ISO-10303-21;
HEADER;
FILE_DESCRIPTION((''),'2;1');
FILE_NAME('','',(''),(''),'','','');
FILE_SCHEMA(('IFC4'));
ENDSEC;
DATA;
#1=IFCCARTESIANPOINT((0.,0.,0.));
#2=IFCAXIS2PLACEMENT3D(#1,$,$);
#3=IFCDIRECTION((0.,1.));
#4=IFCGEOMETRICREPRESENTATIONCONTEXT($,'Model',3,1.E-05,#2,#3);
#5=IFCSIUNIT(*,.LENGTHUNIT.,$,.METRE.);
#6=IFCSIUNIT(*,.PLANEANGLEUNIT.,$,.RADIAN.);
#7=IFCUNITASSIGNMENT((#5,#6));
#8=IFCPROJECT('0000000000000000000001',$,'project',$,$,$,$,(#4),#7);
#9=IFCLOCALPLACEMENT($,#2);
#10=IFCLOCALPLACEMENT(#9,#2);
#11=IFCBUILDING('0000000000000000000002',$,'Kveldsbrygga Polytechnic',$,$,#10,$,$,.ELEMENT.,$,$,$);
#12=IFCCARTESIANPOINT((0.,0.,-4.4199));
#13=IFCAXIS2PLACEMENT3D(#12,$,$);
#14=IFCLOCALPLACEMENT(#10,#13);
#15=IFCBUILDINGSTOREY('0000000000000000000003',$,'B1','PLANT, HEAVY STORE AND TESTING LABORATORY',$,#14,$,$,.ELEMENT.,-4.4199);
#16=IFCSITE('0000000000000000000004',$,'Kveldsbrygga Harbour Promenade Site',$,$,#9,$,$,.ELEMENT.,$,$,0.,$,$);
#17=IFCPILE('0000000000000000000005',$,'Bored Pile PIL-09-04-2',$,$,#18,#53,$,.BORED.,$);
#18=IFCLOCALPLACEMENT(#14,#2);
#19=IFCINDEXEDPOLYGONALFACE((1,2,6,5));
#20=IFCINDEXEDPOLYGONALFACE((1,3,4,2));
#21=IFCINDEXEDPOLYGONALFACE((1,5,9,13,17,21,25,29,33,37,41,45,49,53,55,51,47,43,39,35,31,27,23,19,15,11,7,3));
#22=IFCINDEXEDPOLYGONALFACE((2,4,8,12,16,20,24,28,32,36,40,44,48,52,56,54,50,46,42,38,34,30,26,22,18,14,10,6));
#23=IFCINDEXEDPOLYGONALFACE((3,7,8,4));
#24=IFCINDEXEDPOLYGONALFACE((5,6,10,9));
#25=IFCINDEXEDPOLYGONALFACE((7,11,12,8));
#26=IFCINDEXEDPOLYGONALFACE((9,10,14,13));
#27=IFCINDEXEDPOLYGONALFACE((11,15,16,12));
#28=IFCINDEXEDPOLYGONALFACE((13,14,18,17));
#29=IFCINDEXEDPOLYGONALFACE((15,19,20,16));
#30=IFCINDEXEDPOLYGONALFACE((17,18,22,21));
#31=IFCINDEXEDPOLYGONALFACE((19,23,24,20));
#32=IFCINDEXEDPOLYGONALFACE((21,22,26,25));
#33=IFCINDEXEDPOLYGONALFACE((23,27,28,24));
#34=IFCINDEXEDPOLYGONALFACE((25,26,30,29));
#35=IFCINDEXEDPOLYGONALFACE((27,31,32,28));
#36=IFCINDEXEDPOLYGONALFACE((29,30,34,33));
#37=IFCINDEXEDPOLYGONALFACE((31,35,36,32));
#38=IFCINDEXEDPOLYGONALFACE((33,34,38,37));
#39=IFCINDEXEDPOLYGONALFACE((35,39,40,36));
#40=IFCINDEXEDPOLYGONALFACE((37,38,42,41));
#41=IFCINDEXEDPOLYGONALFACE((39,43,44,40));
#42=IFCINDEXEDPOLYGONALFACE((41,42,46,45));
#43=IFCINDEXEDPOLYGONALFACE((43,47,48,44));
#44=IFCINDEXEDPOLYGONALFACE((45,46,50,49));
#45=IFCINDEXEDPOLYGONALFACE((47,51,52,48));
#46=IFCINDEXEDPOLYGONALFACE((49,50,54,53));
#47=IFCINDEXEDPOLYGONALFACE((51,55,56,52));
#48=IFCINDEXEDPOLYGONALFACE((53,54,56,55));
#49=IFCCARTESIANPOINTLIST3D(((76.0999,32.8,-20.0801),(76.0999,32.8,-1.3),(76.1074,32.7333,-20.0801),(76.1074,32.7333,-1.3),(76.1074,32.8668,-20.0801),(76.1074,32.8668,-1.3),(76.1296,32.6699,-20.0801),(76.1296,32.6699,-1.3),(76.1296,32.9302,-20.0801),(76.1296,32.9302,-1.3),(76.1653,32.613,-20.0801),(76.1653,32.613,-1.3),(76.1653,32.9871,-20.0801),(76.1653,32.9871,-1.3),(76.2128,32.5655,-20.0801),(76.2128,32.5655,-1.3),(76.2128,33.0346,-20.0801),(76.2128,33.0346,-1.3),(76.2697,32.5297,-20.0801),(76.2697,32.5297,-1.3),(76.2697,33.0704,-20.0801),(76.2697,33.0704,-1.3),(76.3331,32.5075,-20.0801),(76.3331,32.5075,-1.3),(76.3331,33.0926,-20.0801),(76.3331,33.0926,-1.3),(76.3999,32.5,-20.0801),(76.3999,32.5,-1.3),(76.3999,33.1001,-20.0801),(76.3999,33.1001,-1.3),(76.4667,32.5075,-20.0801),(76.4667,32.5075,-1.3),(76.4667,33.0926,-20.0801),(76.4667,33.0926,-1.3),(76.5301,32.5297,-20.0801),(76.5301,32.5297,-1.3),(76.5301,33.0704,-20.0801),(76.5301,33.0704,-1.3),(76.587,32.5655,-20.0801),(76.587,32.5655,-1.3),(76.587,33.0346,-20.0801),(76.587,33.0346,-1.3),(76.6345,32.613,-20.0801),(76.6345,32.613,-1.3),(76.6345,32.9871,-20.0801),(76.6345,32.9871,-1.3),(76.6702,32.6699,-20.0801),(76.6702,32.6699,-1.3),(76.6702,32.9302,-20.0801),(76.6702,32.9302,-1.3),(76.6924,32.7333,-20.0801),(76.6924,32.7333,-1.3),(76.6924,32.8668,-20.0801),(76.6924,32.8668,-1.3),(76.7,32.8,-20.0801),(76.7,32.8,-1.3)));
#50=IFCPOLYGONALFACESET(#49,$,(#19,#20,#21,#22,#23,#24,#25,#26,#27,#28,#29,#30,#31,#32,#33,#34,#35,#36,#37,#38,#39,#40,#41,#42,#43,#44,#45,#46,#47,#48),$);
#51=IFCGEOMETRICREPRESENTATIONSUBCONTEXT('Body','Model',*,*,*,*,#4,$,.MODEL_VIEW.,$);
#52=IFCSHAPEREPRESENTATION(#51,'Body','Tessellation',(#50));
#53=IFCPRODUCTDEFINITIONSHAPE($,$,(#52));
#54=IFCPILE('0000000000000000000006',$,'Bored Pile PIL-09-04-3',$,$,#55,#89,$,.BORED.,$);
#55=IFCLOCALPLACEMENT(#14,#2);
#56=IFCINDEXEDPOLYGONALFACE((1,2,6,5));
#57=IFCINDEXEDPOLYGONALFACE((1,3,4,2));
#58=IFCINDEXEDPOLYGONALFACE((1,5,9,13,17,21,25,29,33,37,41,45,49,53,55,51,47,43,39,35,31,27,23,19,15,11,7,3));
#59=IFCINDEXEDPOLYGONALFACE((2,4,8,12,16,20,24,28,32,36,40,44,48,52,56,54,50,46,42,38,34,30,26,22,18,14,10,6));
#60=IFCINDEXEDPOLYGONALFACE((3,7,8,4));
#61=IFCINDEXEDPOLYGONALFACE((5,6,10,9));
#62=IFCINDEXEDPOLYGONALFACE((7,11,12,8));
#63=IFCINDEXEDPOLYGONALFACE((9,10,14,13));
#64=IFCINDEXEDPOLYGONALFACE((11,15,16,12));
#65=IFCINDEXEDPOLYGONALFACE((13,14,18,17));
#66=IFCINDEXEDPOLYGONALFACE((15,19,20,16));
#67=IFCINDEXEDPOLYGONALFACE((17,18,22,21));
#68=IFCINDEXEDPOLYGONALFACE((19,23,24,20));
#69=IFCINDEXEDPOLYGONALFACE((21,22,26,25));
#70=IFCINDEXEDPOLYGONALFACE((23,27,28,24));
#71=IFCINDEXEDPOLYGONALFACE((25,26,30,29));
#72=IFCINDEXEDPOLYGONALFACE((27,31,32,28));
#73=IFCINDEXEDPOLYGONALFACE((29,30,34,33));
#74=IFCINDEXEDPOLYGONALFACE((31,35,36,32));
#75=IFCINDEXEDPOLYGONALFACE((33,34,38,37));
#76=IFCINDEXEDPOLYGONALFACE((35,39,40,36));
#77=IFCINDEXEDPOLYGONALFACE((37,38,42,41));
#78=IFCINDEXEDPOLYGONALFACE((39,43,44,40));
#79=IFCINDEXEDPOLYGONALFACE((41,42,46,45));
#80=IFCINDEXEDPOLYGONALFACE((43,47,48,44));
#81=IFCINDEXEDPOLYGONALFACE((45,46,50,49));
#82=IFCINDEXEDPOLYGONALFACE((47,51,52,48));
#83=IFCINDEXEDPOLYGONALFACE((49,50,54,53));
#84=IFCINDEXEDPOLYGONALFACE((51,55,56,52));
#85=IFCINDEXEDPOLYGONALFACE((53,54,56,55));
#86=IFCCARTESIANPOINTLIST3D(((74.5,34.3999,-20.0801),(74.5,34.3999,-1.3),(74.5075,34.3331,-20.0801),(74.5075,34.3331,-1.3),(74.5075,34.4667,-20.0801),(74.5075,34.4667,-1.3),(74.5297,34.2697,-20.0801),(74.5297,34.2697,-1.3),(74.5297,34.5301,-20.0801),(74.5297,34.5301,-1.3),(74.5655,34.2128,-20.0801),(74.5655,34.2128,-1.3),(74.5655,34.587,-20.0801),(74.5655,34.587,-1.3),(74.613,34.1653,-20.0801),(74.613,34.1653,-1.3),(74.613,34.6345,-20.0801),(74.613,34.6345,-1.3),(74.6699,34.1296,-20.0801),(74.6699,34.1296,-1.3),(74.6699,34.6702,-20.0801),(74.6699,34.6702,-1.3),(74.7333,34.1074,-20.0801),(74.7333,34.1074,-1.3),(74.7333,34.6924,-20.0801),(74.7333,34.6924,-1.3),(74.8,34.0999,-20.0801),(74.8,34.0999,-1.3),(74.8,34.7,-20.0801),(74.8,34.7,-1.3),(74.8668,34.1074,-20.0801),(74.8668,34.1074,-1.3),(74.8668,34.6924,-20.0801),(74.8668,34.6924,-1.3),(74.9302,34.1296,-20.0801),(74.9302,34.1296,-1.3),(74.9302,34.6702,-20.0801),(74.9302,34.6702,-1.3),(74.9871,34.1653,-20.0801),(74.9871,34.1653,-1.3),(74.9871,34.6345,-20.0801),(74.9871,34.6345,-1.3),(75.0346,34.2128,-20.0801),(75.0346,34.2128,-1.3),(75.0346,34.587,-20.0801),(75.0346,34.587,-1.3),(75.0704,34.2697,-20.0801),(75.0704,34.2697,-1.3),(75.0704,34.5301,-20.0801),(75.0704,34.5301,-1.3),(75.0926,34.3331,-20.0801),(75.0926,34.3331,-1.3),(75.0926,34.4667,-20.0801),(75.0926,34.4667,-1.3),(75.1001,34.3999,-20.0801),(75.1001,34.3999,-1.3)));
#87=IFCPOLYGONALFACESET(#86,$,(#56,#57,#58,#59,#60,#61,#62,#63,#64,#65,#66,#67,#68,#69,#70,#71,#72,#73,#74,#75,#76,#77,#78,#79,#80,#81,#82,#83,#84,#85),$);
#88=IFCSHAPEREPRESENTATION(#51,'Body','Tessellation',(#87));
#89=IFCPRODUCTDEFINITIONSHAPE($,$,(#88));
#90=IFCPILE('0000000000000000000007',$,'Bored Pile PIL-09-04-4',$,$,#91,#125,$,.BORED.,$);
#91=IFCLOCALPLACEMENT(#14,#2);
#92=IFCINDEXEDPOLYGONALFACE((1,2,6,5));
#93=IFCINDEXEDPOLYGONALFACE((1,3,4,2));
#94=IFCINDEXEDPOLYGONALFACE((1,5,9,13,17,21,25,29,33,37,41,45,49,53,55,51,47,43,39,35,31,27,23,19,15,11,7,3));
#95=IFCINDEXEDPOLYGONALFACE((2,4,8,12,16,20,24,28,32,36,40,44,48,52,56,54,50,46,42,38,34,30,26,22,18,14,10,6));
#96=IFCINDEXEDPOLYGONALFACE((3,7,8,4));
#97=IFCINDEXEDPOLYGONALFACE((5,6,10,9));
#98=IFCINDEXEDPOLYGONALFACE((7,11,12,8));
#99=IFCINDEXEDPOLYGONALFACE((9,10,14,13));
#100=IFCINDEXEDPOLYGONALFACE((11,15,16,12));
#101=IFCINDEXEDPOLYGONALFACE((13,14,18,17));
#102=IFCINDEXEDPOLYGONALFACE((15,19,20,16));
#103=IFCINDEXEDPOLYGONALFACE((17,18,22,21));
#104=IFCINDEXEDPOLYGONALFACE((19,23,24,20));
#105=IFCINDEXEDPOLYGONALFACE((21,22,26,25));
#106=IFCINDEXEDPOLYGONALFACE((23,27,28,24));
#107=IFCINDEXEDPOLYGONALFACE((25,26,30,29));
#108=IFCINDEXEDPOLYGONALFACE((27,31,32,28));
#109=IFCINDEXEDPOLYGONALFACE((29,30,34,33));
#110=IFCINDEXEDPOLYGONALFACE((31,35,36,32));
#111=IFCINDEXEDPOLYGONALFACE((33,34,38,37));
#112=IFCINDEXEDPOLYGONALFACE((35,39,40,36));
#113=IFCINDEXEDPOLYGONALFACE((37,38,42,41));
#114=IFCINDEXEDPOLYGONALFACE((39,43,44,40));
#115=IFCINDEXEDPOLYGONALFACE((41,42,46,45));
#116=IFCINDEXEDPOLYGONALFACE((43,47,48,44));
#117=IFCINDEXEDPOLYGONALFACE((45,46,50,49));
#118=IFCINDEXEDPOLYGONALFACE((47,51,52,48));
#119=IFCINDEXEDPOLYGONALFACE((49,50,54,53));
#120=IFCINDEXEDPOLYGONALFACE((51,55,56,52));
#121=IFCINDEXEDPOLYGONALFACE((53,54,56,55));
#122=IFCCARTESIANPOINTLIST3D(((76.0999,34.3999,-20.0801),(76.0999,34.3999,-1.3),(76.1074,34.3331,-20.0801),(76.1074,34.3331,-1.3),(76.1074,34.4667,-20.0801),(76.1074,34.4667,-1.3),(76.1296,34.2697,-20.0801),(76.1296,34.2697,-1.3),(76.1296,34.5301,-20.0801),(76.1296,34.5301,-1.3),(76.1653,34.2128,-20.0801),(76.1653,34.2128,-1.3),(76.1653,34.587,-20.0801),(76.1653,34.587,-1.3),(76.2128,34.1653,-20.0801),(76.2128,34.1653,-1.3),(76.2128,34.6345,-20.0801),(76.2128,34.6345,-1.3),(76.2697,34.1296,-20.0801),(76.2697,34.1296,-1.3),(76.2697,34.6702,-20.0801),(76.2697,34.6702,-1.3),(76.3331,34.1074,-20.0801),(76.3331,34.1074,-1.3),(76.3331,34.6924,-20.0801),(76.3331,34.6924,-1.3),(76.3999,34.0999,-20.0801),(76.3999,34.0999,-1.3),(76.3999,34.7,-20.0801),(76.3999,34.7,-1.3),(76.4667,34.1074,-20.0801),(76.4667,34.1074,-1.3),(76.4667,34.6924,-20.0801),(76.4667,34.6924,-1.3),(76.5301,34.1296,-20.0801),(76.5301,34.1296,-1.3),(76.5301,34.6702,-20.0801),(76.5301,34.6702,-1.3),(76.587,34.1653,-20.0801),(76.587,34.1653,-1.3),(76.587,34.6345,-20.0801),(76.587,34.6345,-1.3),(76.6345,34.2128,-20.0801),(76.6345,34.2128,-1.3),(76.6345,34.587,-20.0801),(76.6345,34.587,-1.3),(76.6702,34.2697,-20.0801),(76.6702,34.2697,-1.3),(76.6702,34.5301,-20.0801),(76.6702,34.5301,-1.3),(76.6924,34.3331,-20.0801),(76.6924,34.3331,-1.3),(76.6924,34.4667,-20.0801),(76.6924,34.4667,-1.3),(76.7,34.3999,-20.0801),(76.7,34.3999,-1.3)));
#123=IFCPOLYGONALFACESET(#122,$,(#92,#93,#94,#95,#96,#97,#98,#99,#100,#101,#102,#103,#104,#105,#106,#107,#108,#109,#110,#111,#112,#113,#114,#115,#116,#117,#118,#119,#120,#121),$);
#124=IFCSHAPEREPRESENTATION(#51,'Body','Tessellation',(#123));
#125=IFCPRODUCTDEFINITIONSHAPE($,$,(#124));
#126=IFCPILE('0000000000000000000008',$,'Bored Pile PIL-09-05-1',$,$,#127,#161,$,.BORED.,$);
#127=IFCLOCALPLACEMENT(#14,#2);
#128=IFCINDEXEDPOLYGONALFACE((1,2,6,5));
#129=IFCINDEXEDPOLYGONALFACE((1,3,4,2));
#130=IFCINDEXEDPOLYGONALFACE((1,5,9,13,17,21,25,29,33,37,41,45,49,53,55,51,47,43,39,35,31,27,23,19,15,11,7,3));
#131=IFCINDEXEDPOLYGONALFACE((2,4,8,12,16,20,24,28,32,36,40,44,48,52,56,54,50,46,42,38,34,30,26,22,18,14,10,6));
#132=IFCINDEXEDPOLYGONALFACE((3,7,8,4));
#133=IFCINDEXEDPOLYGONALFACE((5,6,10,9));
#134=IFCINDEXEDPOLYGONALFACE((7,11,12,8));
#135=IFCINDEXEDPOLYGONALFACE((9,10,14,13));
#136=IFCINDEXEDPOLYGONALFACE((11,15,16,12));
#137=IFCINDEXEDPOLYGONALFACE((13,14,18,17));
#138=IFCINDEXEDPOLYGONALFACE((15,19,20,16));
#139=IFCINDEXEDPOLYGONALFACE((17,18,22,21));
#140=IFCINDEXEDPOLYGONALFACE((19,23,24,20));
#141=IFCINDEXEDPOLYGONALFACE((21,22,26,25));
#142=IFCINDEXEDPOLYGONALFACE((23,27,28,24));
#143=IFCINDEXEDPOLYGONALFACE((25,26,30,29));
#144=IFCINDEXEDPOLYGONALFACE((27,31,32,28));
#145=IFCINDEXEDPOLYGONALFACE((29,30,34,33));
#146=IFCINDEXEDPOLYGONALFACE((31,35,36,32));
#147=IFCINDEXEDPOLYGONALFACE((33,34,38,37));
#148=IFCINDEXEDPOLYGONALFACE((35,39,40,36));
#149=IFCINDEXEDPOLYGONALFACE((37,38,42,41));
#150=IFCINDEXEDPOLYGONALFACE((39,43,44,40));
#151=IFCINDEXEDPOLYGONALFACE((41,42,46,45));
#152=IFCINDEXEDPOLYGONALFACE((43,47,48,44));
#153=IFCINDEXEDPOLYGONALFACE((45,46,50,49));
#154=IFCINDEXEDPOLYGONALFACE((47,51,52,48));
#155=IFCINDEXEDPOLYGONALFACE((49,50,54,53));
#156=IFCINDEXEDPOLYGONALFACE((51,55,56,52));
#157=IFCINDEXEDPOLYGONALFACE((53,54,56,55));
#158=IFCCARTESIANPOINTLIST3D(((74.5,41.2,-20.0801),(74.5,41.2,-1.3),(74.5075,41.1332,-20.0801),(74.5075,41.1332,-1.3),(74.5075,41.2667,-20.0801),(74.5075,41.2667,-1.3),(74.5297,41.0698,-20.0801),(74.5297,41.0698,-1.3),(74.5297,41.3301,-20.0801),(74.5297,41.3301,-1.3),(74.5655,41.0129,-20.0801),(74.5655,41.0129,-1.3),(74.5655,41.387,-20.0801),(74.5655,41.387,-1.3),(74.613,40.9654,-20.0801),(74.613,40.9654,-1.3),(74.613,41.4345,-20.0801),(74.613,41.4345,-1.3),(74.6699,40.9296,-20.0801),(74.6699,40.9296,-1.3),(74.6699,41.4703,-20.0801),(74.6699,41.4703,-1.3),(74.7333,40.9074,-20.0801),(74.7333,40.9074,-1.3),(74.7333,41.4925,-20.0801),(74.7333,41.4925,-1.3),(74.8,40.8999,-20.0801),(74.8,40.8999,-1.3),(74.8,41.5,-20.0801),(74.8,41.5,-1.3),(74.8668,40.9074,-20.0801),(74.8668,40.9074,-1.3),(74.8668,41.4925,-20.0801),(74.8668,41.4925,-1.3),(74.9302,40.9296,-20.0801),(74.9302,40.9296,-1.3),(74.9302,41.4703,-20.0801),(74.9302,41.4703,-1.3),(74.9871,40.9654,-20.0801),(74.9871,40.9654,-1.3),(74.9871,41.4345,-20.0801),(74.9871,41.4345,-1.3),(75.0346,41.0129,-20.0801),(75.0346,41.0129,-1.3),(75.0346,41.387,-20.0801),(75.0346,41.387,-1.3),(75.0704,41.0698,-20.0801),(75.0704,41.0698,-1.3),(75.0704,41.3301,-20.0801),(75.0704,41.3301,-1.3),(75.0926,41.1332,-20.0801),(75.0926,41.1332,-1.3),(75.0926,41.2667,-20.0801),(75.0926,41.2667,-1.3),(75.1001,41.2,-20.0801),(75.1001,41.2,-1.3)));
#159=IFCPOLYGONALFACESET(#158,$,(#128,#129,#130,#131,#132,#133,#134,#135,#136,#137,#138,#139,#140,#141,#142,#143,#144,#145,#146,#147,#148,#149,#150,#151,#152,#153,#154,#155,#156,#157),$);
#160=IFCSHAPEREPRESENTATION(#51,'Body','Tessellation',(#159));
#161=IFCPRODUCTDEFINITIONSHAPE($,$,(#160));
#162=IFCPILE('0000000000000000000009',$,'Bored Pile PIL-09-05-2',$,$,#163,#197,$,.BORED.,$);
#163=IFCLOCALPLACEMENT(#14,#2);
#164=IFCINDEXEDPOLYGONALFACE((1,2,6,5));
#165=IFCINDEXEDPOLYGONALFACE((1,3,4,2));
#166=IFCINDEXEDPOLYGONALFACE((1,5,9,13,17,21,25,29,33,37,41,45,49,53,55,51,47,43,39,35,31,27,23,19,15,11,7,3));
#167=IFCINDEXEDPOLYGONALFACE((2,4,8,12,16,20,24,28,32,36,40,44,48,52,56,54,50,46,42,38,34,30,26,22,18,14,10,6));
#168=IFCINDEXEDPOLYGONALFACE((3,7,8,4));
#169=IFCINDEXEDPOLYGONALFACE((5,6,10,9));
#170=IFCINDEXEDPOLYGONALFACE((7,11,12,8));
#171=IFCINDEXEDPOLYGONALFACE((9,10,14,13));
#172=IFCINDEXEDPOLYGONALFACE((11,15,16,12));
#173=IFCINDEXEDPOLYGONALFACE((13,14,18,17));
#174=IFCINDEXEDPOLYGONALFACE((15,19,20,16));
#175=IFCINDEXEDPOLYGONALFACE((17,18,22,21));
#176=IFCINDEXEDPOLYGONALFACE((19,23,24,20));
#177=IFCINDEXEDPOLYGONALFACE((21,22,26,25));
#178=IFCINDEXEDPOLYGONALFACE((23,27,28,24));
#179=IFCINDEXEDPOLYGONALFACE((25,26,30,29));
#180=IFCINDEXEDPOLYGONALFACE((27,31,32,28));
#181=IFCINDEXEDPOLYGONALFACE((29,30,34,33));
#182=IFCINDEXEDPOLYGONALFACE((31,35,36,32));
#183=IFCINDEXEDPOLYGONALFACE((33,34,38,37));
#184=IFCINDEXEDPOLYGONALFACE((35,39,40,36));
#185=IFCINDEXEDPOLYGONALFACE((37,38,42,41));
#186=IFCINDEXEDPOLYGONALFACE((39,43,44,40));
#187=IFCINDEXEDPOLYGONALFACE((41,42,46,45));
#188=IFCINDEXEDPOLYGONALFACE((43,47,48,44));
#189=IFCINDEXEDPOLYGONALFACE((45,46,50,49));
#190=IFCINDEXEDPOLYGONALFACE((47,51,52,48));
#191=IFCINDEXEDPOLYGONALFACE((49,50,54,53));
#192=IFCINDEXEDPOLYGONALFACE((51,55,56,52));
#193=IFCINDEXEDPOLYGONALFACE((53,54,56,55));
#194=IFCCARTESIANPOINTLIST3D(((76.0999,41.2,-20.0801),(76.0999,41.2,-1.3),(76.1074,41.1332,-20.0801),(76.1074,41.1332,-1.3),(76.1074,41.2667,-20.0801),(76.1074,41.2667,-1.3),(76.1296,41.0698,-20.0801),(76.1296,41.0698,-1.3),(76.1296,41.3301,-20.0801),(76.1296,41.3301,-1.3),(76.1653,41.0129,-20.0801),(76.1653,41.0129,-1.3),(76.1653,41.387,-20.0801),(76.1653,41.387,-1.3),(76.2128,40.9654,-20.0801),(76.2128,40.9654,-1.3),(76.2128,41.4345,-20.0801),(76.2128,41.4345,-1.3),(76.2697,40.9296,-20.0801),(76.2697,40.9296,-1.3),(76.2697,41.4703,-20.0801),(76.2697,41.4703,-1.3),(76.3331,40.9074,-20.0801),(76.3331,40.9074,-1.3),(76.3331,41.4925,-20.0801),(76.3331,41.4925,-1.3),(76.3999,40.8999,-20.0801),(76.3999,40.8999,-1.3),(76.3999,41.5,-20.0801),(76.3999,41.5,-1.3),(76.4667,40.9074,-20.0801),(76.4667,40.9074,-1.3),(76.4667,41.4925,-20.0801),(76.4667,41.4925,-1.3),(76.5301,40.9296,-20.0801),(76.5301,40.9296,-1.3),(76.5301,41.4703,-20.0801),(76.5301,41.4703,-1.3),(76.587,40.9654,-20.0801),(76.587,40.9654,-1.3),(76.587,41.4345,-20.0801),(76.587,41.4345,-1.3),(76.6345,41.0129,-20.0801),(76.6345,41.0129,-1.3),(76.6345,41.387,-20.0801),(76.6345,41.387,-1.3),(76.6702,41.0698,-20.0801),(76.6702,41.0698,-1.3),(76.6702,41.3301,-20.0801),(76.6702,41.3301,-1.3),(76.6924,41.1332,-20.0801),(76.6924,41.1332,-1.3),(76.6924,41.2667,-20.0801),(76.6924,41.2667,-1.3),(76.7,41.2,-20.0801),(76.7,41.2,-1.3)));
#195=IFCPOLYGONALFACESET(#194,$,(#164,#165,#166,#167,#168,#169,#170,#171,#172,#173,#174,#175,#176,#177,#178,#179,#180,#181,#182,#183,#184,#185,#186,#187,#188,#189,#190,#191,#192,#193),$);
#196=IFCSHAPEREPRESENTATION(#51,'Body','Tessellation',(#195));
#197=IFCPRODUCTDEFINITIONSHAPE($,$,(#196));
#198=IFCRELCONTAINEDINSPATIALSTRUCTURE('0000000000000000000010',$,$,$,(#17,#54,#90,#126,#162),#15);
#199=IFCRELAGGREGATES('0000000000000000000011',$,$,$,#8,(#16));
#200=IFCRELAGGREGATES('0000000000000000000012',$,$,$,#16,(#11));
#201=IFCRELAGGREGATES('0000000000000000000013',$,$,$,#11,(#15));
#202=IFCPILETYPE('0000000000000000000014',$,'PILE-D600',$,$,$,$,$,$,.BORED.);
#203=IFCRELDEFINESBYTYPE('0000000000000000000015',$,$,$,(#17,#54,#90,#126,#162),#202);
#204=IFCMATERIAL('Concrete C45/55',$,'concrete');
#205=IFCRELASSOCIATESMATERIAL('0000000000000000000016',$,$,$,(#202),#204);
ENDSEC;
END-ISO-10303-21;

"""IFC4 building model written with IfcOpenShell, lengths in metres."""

from ifc_helpers import new_model, si_unit, direction, frame, origin, origin_2d, place, context, subcontext, project, spatial, circle, extrude, material, material_profile, profile_set, type_object, element, save


model = new_model("IFC4")

# Units and contexts
model_context = context("Model", 3, precision=1e-05, world=origin(), true_north=direction((0.0, 1.0)))
body_context = subcontext(model_context, "Body", "Model", "MODEL_VIEW")
ifc_project = project(units=[si_unit("LENGTHUNIT", "METRE"), si_unit("PLANEANGLEUNIT", "RADIAN")], contexts=[model_context])

# Site, building, storey
site_placement = place(None, origin())
site = spatial("IfcSite", under=ifc_project, at=site_placement, Name="Kveldsbrygga Harbour Promenade Site", CompositionType="ELEMENT", RefElevation=0.0)
building_placement = place(site_placement, origin())
building = spatial("IfcBuilding", under=site, at=building_placement, Name="Kveldsbrygga Polytechnic", CompositionType="ELEMENT")
storey_placement = place(building_placement, frame((0.0, 0.0, -4.4199)))
storey = spatial("IfcBuildingStorey", under=building, at=storey_placement, Name="B1", Description="PLANT, HEAVY STORE AND TESTING LABORATORY", CompositionType="ELEMENT", Elevation=-4.4199)

# Shared definitions
ifc_material_1 = material(Name="Concrete C45/55", Category="concrete")

# Piles
ifc_material_profile_1 = material_profile(ifc_material_1, circle(Radius=0.3, at=origin_2d()), Name="PILE D600")
ifc_profile_set_1 = profile_set([ifc_material_profile_1], Name="Concrete C45/55")
pile_type_1 = type_object("IfcPileType", Name="PILE-D600", PredefinedType="BORED", material=ifc_profile_set_1)
for number, where, z_axis, x_axis, name in (
    (1, (76.3999, 32.8, -1.3), (0.0, 0.0, -1.0), (1.0, 0.0, 0.0), "Bored Pile PIL-09-04-2"),
    (2, (74.8, 34.3999, -1.3), (0.0, 0.0, -1.0), (1.0, 0.0, 0.0), "Bored Pile PIL-09-04-3"),
    (3, (76.3999, 34.3999, -1.3), (0.0, 0.0, -1.0), (1.0, 0.0, 0.0), "Bored Pile PIL-09-04-4"),
    (4, (74.8, 41.2, -1.3), (0.0, 0.0, -1.0), (1.0, 0.0, 0.0), "Bored Pile PIL-09-05-1"),
    (5, (76.3999, 41.2, -1.3), (0.0, 0.0, -1.0), (1.0, 0.0, 0.0), "Bored Pile PIL-09-05-2"),
):
    element("IfcPile", number, at=place(storey_placement, frame(where, z_axis=z_axis, x_axis=x_axis)), inside=storey, type_object=pile_type_1, Name=name, PredefinedType="BORED", context=body_context, shape_type="SweptSolid", body=[
        extrude(circle(Radius=0.3, at=origin_2d()), origin(), (0.0, 0.0, 1.0), 18.78),
    ])

save(model, "model.ifc")
